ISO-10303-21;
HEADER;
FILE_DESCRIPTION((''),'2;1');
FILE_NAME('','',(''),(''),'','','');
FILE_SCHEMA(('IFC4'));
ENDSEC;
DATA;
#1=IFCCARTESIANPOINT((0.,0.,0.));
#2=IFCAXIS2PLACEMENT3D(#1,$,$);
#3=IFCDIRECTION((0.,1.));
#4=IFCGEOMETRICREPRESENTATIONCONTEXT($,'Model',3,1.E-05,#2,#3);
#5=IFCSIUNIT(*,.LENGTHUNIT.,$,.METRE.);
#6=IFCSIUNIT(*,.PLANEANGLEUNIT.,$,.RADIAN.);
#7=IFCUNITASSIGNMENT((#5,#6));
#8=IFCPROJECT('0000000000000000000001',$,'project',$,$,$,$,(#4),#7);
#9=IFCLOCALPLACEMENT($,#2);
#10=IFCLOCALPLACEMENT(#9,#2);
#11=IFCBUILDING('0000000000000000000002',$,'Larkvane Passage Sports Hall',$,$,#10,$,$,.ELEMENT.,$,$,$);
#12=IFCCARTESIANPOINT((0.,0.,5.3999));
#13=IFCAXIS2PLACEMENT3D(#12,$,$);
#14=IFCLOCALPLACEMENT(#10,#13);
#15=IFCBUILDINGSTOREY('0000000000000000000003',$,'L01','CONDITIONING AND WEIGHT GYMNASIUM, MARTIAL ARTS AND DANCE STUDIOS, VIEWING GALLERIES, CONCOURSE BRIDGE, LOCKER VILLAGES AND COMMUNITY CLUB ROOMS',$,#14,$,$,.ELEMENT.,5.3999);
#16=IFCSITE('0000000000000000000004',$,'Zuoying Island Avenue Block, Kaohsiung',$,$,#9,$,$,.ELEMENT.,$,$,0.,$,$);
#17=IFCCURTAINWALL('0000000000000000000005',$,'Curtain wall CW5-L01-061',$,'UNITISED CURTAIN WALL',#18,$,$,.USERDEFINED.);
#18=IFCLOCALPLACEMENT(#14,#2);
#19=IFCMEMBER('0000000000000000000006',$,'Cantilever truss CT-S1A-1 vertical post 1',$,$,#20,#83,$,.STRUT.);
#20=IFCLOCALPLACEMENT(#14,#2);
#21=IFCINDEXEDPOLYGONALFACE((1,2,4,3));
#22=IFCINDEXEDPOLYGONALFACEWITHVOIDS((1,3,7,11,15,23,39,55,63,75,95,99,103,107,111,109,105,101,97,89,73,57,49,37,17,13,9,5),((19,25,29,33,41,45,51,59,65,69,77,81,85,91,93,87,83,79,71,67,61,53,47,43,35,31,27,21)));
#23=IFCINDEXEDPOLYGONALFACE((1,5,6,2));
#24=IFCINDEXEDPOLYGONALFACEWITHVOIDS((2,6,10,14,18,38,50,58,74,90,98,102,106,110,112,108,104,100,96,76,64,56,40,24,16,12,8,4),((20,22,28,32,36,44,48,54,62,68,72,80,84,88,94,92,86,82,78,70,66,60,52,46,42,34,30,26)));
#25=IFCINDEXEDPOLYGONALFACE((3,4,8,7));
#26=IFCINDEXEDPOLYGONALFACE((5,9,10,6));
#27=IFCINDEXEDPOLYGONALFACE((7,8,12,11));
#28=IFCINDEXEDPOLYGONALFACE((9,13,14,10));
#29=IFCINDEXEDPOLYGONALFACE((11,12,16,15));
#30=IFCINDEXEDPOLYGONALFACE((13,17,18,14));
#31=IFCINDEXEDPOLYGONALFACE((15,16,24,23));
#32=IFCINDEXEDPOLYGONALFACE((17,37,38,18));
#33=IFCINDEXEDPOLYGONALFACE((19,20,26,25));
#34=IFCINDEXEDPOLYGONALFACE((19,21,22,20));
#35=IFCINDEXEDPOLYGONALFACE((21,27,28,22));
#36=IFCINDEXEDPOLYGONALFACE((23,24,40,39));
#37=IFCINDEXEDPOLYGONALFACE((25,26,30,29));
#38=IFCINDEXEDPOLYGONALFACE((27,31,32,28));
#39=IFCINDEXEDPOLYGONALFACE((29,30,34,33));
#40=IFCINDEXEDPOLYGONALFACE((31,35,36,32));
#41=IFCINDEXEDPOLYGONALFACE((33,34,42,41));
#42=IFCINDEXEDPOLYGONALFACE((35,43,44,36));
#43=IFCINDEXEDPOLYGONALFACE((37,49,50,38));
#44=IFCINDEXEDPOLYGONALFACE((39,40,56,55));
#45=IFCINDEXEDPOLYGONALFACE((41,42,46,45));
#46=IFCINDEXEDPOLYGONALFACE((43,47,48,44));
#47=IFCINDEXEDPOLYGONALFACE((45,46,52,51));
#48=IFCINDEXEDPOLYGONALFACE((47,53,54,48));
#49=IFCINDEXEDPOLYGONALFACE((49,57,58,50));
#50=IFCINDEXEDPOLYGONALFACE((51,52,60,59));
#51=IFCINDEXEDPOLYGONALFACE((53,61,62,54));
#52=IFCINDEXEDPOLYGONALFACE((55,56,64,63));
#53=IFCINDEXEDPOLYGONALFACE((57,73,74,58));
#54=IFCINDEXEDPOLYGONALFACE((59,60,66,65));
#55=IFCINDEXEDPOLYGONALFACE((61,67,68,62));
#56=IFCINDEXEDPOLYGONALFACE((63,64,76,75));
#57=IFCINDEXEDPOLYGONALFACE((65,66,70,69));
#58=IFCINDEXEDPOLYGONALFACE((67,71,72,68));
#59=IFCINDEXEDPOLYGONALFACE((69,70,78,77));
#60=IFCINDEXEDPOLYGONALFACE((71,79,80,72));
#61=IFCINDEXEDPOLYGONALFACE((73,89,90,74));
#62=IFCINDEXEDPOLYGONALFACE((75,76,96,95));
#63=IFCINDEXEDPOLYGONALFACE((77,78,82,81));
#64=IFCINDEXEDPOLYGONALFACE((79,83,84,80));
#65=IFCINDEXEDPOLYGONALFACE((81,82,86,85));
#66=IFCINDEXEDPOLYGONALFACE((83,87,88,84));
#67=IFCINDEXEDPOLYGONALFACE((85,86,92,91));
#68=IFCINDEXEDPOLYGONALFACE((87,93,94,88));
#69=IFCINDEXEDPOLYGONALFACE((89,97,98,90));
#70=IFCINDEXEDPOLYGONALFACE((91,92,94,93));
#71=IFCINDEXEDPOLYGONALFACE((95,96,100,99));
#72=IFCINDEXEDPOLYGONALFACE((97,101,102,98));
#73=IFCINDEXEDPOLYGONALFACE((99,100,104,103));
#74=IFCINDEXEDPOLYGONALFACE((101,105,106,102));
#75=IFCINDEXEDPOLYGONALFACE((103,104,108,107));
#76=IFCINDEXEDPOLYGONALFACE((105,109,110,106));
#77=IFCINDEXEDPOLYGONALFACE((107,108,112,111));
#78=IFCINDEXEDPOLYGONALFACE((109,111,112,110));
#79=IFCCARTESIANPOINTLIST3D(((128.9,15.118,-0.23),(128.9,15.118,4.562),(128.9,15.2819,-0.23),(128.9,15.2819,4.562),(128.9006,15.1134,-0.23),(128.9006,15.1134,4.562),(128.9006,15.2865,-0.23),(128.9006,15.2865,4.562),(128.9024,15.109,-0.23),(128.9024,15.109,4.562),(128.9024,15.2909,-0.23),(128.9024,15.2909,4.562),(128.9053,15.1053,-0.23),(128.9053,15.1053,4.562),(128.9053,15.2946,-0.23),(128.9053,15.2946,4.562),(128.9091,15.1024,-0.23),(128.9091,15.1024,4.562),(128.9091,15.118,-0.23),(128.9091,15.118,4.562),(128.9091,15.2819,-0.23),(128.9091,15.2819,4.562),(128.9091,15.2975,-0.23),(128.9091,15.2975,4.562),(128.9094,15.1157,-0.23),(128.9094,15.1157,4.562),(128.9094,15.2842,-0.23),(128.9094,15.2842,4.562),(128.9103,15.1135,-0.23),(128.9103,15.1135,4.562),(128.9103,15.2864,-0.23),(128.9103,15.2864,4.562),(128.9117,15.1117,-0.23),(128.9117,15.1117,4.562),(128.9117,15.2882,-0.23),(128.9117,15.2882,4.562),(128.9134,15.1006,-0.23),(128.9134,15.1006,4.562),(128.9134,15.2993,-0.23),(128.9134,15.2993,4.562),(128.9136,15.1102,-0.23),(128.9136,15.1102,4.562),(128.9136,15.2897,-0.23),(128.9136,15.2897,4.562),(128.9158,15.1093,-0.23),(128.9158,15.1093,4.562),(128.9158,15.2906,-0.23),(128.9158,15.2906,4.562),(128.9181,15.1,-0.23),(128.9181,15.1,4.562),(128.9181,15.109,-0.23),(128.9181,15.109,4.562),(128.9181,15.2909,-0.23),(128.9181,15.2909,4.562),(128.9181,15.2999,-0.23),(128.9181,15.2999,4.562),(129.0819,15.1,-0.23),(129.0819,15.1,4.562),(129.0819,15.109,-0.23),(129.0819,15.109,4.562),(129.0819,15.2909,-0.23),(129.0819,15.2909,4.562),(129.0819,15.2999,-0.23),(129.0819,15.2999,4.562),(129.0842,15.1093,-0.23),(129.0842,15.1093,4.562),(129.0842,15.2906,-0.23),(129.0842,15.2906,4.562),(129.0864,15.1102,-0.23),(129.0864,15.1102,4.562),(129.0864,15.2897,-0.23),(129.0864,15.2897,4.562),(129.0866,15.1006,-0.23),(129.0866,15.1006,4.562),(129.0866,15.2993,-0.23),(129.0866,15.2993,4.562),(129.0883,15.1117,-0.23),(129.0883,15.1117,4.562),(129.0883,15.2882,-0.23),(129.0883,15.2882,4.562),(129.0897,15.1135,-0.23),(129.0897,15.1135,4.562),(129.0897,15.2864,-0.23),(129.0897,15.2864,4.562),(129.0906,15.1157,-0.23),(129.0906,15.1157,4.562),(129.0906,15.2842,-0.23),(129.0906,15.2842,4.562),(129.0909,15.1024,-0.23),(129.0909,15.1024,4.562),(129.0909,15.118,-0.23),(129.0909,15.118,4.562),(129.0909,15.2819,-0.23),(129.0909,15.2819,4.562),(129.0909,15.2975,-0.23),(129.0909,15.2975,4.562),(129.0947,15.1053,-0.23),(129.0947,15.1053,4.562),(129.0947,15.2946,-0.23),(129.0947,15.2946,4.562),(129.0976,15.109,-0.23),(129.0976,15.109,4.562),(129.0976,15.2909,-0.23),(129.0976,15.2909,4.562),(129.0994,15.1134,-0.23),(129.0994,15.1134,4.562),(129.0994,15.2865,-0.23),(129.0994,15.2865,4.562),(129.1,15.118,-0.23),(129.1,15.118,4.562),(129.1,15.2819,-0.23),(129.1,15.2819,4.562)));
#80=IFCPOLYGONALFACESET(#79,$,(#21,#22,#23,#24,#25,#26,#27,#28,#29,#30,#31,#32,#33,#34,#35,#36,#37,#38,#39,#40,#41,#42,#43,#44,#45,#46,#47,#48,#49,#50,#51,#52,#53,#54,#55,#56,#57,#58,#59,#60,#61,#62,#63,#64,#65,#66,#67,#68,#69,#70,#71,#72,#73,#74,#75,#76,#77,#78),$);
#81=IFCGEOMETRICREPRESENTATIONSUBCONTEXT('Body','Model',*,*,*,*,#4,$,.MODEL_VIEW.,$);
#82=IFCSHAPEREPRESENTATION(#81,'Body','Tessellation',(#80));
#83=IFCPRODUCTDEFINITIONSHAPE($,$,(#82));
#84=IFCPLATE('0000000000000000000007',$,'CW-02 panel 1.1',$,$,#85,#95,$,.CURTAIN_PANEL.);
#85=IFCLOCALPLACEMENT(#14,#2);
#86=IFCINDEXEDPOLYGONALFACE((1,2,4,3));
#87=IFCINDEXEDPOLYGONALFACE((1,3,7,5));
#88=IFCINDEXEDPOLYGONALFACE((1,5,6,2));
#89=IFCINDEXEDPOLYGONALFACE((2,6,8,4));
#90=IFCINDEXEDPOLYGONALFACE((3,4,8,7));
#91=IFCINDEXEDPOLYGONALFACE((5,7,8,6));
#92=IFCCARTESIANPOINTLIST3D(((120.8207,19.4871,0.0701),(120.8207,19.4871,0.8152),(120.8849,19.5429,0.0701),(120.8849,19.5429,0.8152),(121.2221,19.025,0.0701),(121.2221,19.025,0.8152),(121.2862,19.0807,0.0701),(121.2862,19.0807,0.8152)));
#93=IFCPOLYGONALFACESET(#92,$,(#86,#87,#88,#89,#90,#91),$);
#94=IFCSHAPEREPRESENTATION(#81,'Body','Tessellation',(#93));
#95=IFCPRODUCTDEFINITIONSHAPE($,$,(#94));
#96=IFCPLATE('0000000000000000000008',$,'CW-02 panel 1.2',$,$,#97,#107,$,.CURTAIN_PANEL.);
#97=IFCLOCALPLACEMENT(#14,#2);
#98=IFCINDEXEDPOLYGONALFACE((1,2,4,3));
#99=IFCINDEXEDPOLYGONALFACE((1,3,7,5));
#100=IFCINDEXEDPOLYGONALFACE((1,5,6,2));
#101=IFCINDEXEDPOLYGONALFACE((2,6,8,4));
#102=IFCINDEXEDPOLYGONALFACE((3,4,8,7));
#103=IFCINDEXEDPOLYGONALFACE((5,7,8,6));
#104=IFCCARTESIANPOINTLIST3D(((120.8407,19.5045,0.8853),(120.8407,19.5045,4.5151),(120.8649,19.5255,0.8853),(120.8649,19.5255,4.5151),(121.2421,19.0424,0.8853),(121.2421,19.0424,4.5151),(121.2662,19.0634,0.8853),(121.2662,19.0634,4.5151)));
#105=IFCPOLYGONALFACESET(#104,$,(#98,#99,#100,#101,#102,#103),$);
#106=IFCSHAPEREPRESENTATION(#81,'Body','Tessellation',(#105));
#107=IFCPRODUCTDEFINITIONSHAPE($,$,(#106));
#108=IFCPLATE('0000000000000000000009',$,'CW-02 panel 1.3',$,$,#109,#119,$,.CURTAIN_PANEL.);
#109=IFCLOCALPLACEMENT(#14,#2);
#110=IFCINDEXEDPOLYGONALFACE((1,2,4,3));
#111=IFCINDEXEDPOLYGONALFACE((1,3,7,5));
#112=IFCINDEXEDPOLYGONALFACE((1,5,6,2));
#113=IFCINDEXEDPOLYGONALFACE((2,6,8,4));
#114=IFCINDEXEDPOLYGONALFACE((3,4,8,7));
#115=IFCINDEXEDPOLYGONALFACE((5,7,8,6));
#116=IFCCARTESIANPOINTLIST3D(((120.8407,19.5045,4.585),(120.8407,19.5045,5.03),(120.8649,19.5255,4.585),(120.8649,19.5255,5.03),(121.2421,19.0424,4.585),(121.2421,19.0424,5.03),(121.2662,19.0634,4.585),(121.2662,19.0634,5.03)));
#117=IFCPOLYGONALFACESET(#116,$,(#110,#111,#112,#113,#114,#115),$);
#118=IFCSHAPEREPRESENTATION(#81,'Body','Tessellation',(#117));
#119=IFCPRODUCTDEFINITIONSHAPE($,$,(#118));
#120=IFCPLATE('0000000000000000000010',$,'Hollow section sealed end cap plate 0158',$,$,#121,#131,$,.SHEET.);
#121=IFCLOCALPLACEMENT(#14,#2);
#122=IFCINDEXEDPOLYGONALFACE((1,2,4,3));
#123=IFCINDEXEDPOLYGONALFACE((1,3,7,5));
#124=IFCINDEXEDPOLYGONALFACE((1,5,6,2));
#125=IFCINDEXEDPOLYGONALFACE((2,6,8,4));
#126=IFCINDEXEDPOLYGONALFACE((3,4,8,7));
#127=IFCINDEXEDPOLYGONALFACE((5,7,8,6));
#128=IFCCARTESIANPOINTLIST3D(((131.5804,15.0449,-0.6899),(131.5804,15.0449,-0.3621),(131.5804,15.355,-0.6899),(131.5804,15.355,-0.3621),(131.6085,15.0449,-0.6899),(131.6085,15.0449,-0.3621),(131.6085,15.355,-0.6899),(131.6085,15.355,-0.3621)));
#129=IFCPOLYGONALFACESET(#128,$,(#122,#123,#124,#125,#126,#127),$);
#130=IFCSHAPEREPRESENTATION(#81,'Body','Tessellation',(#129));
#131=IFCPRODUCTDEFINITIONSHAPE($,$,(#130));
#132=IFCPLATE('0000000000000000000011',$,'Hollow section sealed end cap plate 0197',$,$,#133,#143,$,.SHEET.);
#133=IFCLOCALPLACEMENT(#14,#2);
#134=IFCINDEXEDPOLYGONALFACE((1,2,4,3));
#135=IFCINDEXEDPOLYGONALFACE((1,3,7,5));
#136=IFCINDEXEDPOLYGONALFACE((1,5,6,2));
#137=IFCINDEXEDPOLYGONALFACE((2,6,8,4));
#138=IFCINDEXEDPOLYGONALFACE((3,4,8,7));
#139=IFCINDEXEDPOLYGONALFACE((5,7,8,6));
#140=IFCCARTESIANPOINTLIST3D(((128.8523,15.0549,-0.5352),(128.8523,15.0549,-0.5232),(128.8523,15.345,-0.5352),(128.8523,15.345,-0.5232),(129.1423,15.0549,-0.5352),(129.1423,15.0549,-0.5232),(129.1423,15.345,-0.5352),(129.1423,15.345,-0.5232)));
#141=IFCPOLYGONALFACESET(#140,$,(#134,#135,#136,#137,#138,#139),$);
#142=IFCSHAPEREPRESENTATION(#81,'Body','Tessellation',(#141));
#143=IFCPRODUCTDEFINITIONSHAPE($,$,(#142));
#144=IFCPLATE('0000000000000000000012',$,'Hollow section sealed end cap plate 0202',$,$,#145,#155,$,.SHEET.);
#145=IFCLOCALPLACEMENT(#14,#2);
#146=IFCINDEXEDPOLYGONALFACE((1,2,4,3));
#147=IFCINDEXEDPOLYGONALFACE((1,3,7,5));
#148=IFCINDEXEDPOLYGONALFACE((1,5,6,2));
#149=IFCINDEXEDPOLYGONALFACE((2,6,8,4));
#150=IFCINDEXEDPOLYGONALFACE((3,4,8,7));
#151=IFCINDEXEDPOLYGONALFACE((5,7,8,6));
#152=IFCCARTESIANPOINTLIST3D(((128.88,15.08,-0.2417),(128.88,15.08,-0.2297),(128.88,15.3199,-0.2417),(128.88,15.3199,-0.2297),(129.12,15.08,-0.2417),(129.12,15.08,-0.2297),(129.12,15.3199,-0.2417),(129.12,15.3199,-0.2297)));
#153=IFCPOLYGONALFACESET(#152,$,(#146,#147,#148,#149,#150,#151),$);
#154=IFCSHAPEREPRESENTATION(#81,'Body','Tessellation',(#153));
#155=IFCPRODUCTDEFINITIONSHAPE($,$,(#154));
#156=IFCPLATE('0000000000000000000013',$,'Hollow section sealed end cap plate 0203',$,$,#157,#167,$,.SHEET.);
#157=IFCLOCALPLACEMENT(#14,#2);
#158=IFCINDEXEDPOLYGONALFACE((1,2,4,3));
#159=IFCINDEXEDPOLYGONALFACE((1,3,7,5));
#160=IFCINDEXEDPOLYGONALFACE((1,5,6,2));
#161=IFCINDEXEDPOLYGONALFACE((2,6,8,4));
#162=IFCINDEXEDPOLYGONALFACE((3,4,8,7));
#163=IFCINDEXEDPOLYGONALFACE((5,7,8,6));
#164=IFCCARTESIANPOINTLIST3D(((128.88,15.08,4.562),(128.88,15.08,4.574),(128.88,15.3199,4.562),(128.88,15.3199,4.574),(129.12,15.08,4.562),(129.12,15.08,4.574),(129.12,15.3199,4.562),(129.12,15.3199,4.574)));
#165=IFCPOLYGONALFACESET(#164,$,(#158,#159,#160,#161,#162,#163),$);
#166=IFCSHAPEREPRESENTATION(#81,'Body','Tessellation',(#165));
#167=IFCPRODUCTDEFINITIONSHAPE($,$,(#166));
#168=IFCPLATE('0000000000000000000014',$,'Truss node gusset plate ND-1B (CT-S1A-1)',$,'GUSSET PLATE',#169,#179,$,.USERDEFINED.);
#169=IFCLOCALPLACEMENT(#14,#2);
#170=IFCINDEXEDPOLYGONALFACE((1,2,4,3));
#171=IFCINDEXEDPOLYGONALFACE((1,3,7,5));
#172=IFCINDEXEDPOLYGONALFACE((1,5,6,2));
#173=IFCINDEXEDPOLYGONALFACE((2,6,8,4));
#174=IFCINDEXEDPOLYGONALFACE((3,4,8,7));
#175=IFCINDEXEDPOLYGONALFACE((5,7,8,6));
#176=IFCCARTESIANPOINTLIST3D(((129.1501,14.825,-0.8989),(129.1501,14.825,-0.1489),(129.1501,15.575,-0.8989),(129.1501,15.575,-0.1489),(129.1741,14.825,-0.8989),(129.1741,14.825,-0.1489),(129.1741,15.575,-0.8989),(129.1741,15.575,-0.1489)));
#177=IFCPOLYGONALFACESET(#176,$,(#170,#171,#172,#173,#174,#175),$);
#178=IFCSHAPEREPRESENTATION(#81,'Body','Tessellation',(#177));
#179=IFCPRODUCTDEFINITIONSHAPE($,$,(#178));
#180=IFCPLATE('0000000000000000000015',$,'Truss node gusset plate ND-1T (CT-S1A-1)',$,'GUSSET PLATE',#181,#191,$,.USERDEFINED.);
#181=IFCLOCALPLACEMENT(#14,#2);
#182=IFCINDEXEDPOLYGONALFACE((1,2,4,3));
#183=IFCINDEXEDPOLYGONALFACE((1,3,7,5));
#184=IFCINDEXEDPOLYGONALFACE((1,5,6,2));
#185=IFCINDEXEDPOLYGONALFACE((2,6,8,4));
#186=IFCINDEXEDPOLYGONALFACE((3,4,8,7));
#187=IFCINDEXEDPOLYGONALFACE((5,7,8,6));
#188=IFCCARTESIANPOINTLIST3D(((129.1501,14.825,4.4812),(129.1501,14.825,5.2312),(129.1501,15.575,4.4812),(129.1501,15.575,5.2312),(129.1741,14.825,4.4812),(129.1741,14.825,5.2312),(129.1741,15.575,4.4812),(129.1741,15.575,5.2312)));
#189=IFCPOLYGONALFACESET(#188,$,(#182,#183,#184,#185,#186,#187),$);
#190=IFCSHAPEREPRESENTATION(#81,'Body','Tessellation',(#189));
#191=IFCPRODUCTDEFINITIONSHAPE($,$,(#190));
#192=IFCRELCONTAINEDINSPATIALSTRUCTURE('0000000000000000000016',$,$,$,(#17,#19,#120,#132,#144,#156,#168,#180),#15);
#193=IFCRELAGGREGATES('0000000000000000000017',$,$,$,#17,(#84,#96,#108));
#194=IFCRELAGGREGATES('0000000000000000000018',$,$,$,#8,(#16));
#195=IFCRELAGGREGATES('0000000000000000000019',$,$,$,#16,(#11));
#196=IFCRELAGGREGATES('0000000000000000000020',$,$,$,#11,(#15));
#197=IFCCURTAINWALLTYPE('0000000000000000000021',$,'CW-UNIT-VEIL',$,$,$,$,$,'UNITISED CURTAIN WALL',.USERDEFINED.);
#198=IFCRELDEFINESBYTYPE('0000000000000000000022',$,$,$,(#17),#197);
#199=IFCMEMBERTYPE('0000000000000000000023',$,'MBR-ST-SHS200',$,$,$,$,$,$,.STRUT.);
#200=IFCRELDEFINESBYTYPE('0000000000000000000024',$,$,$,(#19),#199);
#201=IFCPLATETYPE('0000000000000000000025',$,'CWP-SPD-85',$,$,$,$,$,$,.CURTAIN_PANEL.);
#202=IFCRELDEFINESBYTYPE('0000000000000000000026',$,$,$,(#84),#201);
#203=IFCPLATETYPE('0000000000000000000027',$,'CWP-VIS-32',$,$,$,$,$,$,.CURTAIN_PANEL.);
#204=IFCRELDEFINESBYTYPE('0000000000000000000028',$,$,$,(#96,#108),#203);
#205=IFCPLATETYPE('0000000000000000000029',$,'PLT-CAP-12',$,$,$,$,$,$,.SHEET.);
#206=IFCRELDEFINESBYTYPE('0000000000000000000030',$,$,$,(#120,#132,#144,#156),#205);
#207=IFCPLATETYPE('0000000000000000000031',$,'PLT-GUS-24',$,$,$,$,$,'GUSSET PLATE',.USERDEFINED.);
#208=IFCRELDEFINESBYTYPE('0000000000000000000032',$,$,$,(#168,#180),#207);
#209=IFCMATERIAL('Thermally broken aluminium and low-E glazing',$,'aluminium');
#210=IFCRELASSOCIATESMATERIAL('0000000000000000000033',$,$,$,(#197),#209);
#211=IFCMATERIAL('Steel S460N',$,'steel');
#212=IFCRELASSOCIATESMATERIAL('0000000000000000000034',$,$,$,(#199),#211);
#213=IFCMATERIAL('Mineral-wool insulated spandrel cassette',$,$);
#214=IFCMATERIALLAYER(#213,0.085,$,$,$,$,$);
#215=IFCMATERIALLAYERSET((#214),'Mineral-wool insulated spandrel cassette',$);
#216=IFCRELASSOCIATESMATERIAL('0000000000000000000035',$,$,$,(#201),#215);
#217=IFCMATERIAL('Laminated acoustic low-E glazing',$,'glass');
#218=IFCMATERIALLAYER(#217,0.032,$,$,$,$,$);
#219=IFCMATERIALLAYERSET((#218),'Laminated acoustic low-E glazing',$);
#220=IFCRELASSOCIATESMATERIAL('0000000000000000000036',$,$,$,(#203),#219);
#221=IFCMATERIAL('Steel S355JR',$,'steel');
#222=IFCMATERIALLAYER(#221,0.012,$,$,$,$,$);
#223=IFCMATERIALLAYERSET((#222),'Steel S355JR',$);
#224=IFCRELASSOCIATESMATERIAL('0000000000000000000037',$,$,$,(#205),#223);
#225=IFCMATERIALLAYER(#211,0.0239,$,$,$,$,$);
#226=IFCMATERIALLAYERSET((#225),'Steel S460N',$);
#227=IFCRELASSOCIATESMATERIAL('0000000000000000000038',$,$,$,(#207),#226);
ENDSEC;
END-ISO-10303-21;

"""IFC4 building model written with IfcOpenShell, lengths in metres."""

from ifc_helpers import new_model, si_unit, direction, frame, origin, origin_2d, place, context, subcontext, project, spatial, rectangle, hollow_rectangle, extrude, material, layer, layer_set, material_profile, profile_set, type_object, element, aggregate, save


model = new_model("IFC4")

# Units and contexts
model_context = context("Model", 3, precision=1e-05, world=origin(), true_north=direction((0.0, 1.0)))
body_context = subcontext(model_context, "Body", "Model", "MODEL_VIEW")
ifc_project = project(units=[si_unit("LENGTHUNIT", "METRE"), si_unit("PLANEANGLEUNIT", "RADIAN")], contexts=[model_context])

# Site, building, storey
site_placement = place(None, origin())
site = spatial("IfcSite", under=ifc_project, at=site_placement, Name="Zuoying Island Avenue Block, Kaohsiung", CompositionType="ELEMENT", RefElevation=0.0)
building_placement = place(site_placement, origin())
building = spatial("IfcBuilding", under=site, at=building_placement, Name="Larkvane Passage Sports Hall", CompositionType="ELEMENT")
storey_placement = place(building_placement, frame((0.0, 0.0, 5.3999)))
storey = spatial("IfcBuildingStorey", under=building, at=storey_placement, Name="L01", Description="CONDITIONING AND WEIGHT GYMNASIUM, MARTIAL ARTS AND DANCE STUDIOS, VIEWING GALLERIES, CONCOURSE BRIDGE, LOCKER VILLAGES AND COMMUNITY CLUB ROOMS", CompositionType="ELEMENT", Elevation=5.3999)

# Shared definitions
ifc_material_1 = material(Name="Steel S460N", Category="steel")

# Curtain wall
ifc_material_2 = material(Name="Thermally broken aluminium and low-E glazing", Category="aluminium")
curtain_wall_type = type_object("IfcCurtainWallType", Name="CW-UNIT-VEIL", ElementType="UNITISED CURTAIN WALL", PredefinedType="USERDEFINED", material=ifc_material_2)
curtain_wall_placement = place(storey_placement, origin())
curtain_wall = element("IfcCurtainWall", 1, at=curtain_wall_placement, inside=storey, type_object=curtain_wall_type, Name="Curtain wall CW5-L01-061", ObjectType="UNITISED CURTAIN WALL", PredefinedType="USERDEFINED")

# Member
ifc_material_profile_1 = material_profile(ifc_material_1, hollow_rectangle(XDim=0.2, YDim=0.2, WallThickness=0.009, InnerFilletRadius=0.009, OuterFilletRadius=0.0181, at=origin_2d()), Name="SHS-200x200x9")
ifc_profile_set_1 = profile_set([ifc_material_profile_1], Name="Steel S460N")
member_type_1 = type_object("IfcMemberType", Name="MBR-ST-SHS200", PredefinedType="STRUT", material=ifc_profile_set_1)
member_1_placement = place(storey_placement, frame((129.0, 15.2, -0.23), z_axis=(0.0, 0.0, 1.0), x_axis=(1.0, 0.0, 0.0)))
element("IfcMember", 2, at=member_1_placement, inside=storey, type_object=member_type_1, Name="Cantilever truss CT-S1A-1 vertical post 1", PredefinedType="STRUT", context=body_context, shape_type="SweptSolid", body=[
    extrude(hollow_rectangle(XDim=0.2, YDim=0.2, WallThickness=0.009, InnerFilletRadius=0.009, OuterFilletRadius=0.0181, at=origin_2d()), origin(), (0.0, 0.0, 1.0), 4.792),
])

# Plates
ifc_material_3 = material(Name="Mineral-wool insulated spandrel cassette")
ifc_layer_1 = layer(ifc_material_3, 0.085)
ifc_layer_set_1 = layer_set([ifc_layer_1], Name="Mineral-wool insulated spandrel cassette")
plate_type_1 = type_object("IfcPlateType", Name="CWP-SPD-85", PredefinedType="CURTAIN_PANEL", material=ifc_layer_set_1)
plate_1_placement = place(storey_placement, frame((121.0535, 19.2839, 0.0701), z_axis=(0.0, 0.0, 1.0), x_axis=(-0.655685, 0.755035, 0.0)))
plate_1 = element("IfcPlate", 3, at=plate_1_placement, type_object=plate_type_1, Name="CW-02 panel 1.1", PredefinedType="CURTAIN_PANEL", context=body_context, shape_type="SweptSolid", body=[
    extrude(rectangle(XDim=0.6121, YDim=0.085, at=origin_2d()), origin(), (0.0, 0.0, 1.0), 0.7451),
])
ifc_material_4 = material(Name="Laminated acoustic low-E glazing", Category="glass")
ifc_layer_2 = layer(ifc_material_4, 0.032)
ifc_layer_set_2 = layer_set([ifc_layer_2], Name="Laminated acoustic low-E glazing")
plate_type_2 = type_object("IfcPlateType", Name="CWP-VIS-32", PredefinedType="CURTAIN_PANEL", material=ifc_layer_set_2)
plate_2_placement = place(storey_placement, frame((121.0535, 19.2839, 0.8853), z_axis=(0.0, 0.0, 1.0), x_axis=(-0.655685, 0.755035, 0.0)))
plate_2 = element("IfcPlate", 4, at=plate_2_placement, type_object=plate_type_2, Name="CW-02 panel 1.2", PredefinedType="CURTAIN_PANEL", context=body_context, shape_type="SweptSolid", body=[
    extrude(rectangle(XDim=0.6121, YDim=0.032, at=origin_2d()), origin(), (0.0, 0.0, 1.0), 3.6299),
])
plate_3_placement = place(storey_placement, frame((121.0535, 19.2839, 4.585), z_axis=(0.0, 0.0, 1.0), x_axis=(-0.655685, 0.755035, 0.0)))
plate_3 = element("IfcPlate", 5, at=plate_3_placement, type_object=plate_type_2, Name="CW-02 panel 1.3", PredefinedType="CURTAIN_PANEL", context=body_context, shape_type="SweptSolid", body=[
    extrude(rectangle(XDim=0.6121, YDim=0.032, at=origin_2d()), origin(), (0.0, 0.0, 1.0), 0.4451),
])
aggregate(curtain_wall, [plate_1, plate_2, plate_3])

# Plates
ifc_material_5 = material(Name="Steel S355JR", Category="steel")
ifc_layer_3 = layer(ifc_material_5, 0.012)
ifc_layer_set_3 = layer_set([ifc_layer_3], Name="Steel S355JR")
plate_type_3 = type_object("IfcPlateType", Name="PLT-CAP-12", PredefinedType="SHEET", material=ifc_layer_set_3)
plate_4_placement = place(storey_placement, frame((131.5945, 15.2, -0.6899), z_axis=(0.0, 0.0, 1.0), x_axis=(0.0, 1.0, 0.0)))
element("IfcPlate", 6, at=plate_4_placement, inside=storey, type_object=plate_type_3, Name="Hollow section sealed end cap plate 0158", PredefinedType="SHEET", context=body_context, shape_type="SweptSolid", body=[
    extrude(rectangle(XDim=0.3101, YDim=0.0281, at=origin_2d()), origin(), (0.0, 0.0, 1.0), 0.3279),
])
plate_5_placement = place(storey_placement, frame((128.9973, 15.2, -0.5352), z_axis=(0.0, 0.0, 1.0), x_axis=(1.0, 0.0, 0.0)))
element("IfcPlate", 7, at=plate_5_placement, inside=storey, type_object=plate_type_3, Name="Hollow section sealed end cap plate 0197", PredefinedType="SHEET", context=body_context, shape_type="SweptSolid", body=[
    extrude(rectangle(XDim=0.29, YDim=0.29, at=origin_2d()), origin(), (0.0, 0.0, 1.0), 0.012),
])
for number, where, z_axis, x_axis, name in (
    (8, (129.0, 15.2, -0.2417), (0.0, 0.0, 1.0), (1.0, 0.0, 0.0), "Hollow section sealed end cap plate 0202"),
    (9, (129.0, 15.2, 4.562), (0.0, 0.0, 1.0), (1.0, 0.0, 0.0), "Hollow section sealed end cap plate 0203"),
):
    element("IfcPlate", number, at=place(storey_placement, frame(where, z_axis=z_axis, x_axis=x_axis)), inside=storey, type_object=plate_type_3, Name=name, PredefinedType="SHEET", context=body_context, shape_type="SweptSolid", body=[
        extrude(rectangle(XDim=0.24, YDim=0.24, at=origin_2d()), origin(), (0.0, 0.0, 1.0), 0.012),
    ])
ifc_layer_4 = layer(ifc_material_1, 0.0239)
ifc_layer_set_4 = layer_set([ifc_layer_4], Name="Steel S460N")
plate_type_4 = type_object("IfcPlateType", Name="PLT-GUS-24", ElementType="GUSSET PLATE", PredefinedType="USERDEFINED", material=ifc_layer_set_4)
for number, where, z_axis, x_axis, name in (
    (10, (129.1621, 15.2, -0.8989), (0.0, 0.0, 1.0), (0.0, 1.0, 0.0), "Truss node gusset plate ND-1B (CT-S1A-1)"),
    (11, (129.1621, 15.2, 4.4812), (0.0, 0.0, 1.0), (0.0, 1.0, 0.0), "Truss node gusset plate ND-1T (CT-S1A-1)"),
):
    element("IfcPlate", number, at=place(storey_placement, frame(where, z_axis=z_axis, x_axis=x_axis)), inside=storey, type_object=plate_type_4, Name=name, ObjectType="GUSSET PLATE", PredefinedType="USERDEFINED", context=body_context, shape_type="SweptSolid", body=[
        extrude(rectangle(XDim=0.75, YDim=0.0239, at=origin_2d()), origin(), (0.0, 0.0, 1.0), 0.75),
    ])

save(model, "model.ifc")
